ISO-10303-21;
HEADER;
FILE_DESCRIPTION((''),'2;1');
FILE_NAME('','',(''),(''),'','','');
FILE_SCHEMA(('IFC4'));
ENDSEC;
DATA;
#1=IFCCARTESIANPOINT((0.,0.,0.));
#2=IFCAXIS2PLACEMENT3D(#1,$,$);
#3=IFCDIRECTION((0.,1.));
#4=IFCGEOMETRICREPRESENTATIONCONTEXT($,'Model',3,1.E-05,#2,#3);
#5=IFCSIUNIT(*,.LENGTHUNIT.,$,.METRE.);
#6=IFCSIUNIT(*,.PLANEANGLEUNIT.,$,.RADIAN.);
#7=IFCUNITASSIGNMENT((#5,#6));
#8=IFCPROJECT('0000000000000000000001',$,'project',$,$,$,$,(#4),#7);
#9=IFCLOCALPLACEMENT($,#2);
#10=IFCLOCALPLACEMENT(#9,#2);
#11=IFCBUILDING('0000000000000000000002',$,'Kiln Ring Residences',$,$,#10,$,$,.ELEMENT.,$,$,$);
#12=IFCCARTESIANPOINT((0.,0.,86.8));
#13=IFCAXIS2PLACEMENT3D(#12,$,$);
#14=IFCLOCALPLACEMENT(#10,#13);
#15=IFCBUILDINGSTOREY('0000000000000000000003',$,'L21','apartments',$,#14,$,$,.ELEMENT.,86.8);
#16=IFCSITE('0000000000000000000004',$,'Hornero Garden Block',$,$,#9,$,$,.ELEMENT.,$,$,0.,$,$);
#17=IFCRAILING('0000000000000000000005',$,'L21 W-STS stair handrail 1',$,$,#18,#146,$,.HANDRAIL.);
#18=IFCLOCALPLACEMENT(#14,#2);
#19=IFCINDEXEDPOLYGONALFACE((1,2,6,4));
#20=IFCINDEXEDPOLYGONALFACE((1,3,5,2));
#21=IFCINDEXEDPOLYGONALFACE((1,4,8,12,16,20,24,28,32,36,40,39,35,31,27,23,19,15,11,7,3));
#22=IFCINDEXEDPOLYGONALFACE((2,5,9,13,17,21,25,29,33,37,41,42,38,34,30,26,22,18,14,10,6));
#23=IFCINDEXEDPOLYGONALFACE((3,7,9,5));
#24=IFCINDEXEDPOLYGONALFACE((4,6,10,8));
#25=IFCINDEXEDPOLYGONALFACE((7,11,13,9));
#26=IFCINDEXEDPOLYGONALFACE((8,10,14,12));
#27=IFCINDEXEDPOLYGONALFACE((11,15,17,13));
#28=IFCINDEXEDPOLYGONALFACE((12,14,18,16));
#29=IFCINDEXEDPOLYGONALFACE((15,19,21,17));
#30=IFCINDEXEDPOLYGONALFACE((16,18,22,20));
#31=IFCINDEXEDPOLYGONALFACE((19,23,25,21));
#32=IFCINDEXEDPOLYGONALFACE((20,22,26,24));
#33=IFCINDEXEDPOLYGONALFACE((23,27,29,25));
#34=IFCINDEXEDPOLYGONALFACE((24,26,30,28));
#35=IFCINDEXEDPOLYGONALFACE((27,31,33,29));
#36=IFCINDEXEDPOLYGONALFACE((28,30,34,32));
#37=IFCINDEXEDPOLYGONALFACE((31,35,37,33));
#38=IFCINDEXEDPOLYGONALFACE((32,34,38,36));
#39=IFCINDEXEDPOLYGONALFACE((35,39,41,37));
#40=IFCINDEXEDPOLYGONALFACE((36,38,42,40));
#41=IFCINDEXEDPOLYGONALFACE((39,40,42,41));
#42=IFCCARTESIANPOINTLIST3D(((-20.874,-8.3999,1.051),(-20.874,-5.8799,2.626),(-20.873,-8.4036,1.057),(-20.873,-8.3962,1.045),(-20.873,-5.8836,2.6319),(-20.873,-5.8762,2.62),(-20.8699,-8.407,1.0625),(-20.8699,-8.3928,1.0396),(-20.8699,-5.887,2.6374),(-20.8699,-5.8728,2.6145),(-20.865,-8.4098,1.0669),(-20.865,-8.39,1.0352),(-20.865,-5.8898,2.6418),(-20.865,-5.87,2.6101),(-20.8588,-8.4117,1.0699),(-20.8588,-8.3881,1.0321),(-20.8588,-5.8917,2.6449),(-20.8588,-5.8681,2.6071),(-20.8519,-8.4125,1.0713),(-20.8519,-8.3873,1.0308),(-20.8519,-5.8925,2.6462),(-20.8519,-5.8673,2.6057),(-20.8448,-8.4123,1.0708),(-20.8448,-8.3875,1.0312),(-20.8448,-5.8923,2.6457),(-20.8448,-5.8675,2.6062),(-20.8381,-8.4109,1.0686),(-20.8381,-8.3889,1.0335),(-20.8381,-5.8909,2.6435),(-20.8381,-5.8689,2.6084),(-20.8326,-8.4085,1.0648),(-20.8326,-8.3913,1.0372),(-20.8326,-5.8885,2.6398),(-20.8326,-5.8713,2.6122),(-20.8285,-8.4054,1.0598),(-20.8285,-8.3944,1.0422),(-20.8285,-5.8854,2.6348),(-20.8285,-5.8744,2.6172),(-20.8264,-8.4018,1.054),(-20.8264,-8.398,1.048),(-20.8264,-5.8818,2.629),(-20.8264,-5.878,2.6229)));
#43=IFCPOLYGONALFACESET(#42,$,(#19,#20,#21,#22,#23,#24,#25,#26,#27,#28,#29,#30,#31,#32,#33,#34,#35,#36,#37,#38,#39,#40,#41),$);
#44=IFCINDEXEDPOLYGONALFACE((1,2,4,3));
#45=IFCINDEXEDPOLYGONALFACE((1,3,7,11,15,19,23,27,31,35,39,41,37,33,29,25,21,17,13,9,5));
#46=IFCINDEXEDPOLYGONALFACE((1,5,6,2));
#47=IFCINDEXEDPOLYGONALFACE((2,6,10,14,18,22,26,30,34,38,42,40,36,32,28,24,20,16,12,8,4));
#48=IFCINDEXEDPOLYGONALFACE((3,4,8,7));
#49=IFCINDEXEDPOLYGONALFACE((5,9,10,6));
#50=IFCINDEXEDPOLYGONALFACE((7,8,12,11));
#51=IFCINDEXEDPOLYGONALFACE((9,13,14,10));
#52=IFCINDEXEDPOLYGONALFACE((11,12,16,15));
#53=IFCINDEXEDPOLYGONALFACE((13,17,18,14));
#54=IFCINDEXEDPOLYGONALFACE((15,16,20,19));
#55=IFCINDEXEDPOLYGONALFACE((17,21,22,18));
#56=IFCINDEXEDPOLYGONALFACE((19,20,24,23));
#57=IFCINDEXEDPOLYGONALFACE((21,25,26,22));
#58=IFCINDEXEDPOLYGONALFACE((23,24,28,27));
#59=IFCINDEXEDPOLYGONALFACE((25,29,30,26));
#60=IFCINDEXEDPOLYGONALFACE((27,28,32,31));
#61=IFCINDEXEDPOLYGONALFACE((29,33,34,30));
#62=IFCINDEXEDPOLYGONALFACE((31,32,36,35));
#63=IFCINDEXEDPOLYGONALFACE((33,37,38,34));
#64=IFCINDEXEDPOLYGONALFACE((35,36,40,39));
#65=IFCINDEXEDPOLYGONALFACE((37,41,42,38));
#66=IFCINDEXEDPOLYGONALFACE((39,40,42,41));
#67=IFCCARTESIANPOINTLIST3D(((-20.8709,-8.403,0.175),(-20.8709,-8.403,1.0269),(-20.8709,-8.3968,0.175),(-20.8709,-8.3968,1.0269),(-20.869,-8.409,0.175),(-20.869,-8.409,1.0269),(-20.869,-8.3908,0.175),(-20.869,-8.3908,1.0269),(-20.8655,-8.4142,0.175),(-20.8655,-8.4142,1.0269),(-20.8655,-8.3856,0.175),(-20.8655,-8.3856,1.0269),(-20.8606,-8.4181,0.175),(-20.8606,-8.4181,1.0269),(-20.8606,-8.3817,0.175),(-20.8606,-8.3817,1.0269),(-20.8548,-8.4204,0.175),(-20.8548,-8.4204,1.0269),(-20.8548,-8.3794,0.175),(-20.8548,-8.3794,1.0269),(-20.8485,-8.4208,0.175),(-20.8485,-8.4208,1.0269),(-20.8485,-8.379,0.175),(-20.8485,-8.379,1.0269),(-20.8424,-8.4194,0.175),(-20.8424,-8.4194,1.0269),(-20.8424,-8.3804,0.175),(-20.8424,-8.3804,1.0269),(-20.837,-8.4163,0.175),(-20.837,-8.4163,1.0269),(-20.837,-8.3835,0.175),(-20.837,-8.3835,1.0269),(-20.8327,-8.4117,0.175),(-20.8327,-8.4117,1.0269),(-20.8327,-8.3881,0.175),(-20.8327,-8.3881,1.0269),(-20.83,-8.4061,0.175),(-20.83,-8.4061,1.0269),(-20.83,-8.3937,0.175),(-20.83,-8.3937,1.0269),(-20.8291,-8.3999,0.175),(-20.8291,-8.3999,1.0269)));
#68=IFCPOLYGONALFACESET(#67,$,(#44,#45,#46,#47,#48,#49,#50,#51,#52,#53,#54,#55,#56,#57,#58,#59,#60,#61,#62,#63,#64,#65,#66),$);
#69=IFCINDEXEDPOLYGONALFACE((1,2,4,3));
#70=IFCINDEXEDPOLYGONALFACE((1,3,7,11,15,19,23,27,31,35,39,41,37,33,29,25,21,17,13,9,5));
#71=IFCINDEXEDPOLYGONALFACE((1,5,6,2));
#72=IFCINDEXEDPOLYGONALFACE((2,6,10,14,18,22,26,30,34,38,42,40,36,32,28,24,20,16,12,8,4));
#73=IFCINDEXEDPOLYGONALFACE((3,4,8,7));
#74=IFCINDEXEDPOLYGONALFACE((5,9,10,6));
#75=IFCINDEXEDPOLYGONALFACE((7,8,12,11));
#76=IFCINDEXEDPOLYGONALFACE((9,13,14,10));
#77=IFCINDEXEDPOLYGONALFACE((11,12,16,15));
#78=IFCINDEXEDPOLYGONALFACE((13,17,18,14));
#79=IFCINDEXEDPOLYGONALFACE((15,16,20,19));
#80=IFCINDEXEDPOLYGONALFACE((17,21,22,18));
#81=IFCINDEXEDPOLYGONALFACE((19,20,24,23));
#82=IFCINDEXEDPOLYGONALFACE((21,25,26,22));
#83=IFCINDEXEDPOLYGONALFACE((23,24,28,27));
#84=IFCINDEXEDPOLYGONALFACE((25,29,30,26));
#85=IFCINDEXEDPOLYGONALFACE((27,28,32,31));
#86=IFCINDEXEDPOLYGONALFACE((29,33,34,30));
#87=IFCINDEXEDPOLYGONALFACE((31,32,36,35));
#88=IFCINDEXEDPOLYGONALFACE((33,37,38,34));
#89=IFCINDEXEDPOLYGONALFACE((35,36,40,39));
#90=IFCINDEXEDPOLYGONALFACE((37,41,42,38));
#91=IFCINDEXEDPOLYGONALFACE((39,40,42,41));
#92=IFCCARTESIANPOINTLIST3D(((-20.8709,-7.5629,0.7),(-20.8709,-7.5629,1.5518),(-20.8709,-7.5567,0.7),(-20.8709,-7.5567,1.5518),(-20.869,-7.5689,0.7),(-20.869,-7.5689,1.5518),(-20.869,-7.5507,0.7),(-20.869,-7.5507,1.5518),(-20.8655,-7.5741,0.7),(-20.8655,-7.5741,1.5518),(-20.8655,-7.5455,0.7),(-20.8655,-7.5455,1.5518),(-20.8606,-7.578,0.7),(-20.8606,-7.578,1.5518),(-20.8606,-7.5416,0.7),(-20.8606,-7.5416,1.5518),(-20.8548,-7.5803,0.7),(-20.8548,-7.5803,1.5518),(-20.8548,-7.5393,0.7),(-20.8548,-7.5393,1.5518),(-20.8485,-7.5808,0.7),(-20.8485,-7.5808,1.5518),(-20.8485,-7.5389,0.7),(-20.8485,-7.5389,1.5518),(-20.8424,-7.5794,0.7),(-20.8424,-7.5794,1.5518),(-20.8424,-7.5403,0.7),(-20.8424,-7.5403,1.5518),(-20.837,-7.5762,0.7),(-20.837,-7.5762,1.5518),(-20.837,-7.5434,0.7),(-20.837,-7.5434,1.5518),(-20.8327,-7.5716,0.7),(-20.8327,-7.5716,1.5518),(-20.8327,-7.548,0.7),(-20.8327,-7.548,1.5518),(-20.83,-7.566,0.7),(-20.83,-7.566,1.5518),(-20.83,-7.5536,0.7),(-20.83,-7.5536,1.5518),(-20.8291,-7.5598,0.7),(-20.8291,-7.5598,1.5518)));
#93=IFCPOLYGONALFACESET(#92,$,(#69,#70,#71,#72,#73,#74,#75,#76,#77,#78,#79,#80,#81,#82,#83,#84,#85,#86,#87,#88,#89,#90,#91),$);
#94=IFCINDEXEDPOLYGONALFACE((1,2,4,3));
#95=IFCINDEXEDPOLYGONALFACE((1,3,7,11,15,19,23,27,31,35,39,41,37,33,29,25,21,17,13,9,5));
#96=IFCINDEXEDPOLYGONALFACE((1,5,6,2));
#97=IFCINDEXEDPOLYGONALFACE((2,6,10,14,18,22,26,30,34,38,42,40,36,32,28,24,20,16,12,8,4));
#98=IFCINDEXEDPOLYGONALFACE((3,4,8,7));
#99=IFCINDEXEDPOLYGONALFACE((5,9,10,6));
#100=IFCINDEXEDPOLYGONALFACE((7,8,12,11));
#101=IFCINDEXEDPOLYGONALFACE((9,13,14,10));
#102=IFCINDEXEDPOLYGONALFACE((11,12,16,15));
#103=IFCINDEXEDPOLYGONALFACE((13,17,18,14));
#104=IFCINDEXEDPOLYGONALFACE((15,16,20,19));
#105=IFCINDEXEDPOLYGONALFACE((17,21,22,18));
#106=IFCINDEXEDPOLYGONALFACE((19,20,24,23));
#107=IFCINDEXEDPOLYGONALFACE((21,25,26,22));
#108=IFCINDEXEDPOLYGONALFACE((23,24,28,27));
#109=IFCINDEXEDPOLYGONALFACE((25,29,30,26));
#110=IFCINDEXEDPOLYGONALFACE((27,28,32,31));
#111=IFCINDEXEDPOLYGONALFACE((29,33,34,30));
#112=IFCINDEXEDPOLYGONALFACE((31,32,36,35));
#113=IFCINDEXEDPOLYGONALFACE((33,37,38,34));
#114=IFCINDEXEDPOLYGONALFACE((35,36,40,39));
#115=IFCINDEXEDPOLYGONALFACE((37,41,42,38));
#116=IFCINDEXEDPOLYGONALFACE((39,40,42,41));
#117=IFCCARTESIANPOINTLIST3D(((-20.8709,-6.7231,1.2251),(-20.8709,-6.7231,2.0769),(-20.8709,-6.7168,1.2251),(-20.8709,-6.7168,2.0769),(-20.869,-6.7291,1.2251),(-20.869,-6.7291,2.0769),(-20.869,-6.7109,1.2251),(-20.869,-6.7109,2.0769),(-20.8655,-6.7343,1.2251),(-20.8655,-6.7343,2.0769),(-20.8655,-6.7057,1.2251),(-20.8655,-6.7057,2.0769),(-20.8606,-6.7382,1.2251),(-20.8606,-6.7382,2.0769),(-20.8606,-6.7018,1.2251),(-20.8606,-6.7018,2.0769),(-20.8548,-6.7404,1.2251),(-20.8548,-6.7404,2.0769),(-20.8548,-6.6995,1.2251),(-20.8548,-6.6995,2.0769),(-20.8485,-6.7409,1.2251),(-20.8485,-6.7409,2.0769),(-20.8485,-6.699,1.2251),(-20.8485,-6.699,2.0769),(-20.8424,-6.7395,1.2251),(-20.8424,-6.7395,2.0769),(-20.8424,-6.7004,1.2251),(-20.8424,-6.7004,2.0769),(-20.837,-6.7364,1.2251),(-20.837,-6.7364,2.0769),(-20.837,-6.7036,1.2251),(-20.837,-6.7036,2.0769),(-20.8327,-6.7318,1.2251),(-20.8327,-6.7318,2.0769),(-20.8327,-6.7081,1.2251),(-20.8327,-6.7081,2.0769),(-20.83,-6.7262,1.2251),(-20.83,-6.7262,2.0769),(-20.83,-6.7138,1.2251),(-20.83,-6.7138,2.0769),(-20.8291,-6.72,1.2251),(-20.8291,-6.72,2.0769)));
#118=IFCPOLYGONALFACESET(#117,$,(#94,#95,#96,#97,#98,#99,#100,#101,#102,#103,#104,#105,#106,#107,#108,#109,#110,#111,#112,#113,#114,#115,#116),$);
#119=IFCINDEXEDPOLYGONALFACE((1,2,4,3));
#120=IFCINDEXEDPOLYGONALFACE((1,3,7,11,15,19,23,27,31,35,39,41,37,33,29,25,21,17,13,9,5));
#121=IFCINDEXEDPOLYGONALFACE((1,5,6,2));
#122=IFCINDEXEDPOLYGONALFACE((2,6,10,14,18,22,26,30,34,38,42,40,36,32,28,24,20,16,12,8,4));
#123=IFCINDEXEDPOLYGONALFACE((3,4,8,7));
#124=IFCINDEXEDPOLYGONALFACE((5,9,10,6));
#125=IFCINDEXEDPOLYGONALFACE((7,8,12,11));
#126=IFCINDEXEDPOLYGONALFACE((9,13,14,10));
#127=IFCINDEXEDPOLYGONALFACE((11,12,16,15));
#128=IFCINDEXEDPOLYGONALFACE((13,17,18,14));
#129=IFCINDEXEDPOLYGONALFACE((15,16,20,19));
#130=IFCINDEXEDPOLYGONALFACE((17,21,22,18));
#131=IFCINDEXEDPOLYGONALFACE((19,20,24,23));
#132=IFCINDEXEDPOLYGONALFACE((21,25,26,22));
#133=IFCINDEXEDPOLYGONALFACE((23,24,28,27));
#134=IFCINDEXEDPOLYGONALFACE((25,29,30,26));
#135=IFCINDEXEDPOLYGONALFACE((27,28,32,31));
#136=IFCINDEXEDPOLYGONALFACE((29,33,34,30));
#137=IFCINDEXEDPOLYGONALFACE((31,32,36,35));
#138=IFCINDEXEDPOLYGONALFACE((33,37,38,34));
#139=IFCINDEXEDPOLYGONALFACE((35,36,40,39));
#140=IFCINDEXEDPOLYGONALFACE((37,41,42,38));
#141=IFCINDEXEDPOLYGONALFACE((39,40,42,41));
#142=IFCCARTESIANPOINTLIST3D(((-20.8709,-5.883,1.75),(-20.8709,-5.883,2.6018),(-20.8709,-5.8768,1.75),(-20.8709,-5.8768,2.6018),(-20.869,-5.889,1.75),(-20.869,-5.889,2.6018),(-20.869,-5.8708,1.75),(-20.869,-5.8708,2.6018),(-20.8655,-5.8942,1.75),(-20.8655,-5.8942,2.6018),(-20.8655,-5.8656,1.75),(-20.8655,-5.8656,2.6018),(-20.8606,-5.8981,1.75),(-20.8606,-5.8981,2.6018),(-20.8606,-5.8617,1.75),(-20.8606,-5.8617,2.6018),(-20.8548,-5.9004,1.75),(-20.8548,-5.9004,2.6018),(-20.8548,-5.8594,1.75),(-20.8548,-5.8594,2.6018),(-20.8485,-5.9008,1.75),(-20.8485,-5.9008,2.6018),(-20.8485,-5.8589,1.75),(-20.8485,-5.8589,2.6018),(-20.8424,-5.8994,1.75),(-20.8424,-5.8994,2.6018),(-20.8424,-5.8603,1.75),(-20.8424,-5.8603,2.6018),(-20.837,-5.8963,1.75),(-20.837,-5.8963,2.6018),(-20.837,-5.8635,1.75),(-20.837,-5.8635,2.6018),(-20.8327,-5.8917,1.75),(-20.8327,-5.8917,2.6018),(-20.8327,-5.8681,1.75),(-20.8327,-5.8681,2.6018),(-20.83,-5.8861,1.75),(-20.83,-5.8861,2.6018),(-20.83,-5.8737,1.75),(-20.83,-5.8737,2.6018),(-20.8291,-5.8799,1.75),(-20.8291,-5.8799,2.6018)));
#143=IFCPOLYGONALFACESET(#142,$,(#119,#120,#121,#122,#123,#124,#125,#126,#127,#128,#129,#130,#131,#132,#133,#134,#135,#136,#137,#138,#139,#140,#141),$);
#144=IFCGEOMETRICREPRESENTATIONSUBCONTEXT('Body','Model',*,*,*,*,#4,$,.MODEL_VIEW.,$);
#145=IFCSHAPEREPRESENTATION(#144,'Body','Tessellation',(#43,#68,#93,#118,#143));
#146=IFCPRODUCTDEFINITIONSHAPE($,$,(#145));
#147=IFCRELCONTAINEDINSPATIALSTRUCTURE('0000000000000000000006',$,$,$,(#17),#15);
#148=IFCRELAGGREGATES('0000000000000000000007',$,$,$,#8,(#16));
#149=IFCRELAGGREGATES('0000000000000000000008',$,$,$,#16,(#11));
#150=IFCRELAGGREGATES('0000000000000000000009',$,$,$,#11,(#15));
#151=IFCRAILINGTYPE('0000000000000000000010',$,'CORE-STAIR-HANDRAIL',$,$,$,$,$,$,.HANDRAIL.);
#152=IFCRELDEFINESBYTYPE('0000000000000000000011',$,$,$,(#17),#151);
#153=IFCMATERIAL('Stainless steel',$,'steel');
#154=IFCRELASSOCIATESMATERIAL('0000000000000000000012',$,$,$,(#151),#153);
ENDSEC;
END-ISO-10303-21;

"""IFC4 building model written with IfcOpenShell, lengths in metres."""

from ifc_helpers import new_model, si_unit, direction, frame, origin, origin_2d, place, context, subcontext, project, spatial, circle, extrude, material, type_object, element, save


model = new_model("IFC4")

# Units and contexts
model_context = context("Model", 3, precision=1e-05, world=origin(), true_north=direction((0.0, 1.0)))
body_context = subcontext(model_context, "Body", "Model", "MODEL_VIEW")
ifc_project = project(units=[si_unit("LENGTHUNIT", "METRE"), si_unit("PLANEANGLEUNIT", "RADIAN")], contexts=[model_context])

# Site, building, storey
site_placement = place(None, origin())
site = spatial("IfcSite", under=ifc_project, at=site_placement, Name="Hornero Garden Block", CompositionType="ELEMENT", RefElevation=0.0)
building_placement = place(site_placement, origin())
building = spatial("IfcBuilding", under=site, at=building_placement, Name="Kiln Ring Residences", CompositionType="ELEMENT")
storey_placement = place(building_placement, frame((0.0, 0.0, 86.8)))
storey = spatial("IfcBuildingStorey", under=building, at=storey_placement, Name="L21", Description="apartments", CompositionType="ELEMENT", Elevation=86.8)

# Railing
ifc_material_1 = material(Name="Stainless steel", Category="steel")
railing_type_1 = type_object("IfcRailingType", Name="CORE-STAIR-HANDRAIL", PredefinedType="HANDRAIL", material=ifc_material_1)
railing_1_placement = place(storey_placement, frame((-20.8501, -8.3999, 0.175)))
element("IfcRailing", 1, at=railing_1_placement, inside=storey, type_object=railing_type_1, Name="L21 W-STS stair handrail 1", PredefinedType="HANDRAIL", context=body_context, shape_type="SweptSolid", body=[
    extrude(circle(Radius=0.0239, at=origin_2d()), frame((0.0, 0.0, 0.876), z_axis=(0.0, 0.848008, 0.529984), x_axis=(-1.0, 0.0, 0.0)), (0.0, 0.0, 1.0), 2.9717),
    extrude(circle(Radius=0.021, at=origin_2d()), origin(), (0.0, 0.0, 1.0), 0.8518),
    extrude(circle(Radius=0.021, at=origin_2d()), frame((0.0, 0.8401, 0.5249)), (0.0, 0.0, 1.0), 0.8518),
    extrude(circle(Radius=0.021, at=origin_2d()), frame((0.0, 1.6799, 1.05)), (0.0, 0.0, 1.0), 0.8518),
    extrude(circle(Radius=0.021, at=origin_2d()), frame((0.0, 2.52, 1.575)), (0.0, 0.0, 1.0), 0.8518),
])

save(model, "model.ifc")
